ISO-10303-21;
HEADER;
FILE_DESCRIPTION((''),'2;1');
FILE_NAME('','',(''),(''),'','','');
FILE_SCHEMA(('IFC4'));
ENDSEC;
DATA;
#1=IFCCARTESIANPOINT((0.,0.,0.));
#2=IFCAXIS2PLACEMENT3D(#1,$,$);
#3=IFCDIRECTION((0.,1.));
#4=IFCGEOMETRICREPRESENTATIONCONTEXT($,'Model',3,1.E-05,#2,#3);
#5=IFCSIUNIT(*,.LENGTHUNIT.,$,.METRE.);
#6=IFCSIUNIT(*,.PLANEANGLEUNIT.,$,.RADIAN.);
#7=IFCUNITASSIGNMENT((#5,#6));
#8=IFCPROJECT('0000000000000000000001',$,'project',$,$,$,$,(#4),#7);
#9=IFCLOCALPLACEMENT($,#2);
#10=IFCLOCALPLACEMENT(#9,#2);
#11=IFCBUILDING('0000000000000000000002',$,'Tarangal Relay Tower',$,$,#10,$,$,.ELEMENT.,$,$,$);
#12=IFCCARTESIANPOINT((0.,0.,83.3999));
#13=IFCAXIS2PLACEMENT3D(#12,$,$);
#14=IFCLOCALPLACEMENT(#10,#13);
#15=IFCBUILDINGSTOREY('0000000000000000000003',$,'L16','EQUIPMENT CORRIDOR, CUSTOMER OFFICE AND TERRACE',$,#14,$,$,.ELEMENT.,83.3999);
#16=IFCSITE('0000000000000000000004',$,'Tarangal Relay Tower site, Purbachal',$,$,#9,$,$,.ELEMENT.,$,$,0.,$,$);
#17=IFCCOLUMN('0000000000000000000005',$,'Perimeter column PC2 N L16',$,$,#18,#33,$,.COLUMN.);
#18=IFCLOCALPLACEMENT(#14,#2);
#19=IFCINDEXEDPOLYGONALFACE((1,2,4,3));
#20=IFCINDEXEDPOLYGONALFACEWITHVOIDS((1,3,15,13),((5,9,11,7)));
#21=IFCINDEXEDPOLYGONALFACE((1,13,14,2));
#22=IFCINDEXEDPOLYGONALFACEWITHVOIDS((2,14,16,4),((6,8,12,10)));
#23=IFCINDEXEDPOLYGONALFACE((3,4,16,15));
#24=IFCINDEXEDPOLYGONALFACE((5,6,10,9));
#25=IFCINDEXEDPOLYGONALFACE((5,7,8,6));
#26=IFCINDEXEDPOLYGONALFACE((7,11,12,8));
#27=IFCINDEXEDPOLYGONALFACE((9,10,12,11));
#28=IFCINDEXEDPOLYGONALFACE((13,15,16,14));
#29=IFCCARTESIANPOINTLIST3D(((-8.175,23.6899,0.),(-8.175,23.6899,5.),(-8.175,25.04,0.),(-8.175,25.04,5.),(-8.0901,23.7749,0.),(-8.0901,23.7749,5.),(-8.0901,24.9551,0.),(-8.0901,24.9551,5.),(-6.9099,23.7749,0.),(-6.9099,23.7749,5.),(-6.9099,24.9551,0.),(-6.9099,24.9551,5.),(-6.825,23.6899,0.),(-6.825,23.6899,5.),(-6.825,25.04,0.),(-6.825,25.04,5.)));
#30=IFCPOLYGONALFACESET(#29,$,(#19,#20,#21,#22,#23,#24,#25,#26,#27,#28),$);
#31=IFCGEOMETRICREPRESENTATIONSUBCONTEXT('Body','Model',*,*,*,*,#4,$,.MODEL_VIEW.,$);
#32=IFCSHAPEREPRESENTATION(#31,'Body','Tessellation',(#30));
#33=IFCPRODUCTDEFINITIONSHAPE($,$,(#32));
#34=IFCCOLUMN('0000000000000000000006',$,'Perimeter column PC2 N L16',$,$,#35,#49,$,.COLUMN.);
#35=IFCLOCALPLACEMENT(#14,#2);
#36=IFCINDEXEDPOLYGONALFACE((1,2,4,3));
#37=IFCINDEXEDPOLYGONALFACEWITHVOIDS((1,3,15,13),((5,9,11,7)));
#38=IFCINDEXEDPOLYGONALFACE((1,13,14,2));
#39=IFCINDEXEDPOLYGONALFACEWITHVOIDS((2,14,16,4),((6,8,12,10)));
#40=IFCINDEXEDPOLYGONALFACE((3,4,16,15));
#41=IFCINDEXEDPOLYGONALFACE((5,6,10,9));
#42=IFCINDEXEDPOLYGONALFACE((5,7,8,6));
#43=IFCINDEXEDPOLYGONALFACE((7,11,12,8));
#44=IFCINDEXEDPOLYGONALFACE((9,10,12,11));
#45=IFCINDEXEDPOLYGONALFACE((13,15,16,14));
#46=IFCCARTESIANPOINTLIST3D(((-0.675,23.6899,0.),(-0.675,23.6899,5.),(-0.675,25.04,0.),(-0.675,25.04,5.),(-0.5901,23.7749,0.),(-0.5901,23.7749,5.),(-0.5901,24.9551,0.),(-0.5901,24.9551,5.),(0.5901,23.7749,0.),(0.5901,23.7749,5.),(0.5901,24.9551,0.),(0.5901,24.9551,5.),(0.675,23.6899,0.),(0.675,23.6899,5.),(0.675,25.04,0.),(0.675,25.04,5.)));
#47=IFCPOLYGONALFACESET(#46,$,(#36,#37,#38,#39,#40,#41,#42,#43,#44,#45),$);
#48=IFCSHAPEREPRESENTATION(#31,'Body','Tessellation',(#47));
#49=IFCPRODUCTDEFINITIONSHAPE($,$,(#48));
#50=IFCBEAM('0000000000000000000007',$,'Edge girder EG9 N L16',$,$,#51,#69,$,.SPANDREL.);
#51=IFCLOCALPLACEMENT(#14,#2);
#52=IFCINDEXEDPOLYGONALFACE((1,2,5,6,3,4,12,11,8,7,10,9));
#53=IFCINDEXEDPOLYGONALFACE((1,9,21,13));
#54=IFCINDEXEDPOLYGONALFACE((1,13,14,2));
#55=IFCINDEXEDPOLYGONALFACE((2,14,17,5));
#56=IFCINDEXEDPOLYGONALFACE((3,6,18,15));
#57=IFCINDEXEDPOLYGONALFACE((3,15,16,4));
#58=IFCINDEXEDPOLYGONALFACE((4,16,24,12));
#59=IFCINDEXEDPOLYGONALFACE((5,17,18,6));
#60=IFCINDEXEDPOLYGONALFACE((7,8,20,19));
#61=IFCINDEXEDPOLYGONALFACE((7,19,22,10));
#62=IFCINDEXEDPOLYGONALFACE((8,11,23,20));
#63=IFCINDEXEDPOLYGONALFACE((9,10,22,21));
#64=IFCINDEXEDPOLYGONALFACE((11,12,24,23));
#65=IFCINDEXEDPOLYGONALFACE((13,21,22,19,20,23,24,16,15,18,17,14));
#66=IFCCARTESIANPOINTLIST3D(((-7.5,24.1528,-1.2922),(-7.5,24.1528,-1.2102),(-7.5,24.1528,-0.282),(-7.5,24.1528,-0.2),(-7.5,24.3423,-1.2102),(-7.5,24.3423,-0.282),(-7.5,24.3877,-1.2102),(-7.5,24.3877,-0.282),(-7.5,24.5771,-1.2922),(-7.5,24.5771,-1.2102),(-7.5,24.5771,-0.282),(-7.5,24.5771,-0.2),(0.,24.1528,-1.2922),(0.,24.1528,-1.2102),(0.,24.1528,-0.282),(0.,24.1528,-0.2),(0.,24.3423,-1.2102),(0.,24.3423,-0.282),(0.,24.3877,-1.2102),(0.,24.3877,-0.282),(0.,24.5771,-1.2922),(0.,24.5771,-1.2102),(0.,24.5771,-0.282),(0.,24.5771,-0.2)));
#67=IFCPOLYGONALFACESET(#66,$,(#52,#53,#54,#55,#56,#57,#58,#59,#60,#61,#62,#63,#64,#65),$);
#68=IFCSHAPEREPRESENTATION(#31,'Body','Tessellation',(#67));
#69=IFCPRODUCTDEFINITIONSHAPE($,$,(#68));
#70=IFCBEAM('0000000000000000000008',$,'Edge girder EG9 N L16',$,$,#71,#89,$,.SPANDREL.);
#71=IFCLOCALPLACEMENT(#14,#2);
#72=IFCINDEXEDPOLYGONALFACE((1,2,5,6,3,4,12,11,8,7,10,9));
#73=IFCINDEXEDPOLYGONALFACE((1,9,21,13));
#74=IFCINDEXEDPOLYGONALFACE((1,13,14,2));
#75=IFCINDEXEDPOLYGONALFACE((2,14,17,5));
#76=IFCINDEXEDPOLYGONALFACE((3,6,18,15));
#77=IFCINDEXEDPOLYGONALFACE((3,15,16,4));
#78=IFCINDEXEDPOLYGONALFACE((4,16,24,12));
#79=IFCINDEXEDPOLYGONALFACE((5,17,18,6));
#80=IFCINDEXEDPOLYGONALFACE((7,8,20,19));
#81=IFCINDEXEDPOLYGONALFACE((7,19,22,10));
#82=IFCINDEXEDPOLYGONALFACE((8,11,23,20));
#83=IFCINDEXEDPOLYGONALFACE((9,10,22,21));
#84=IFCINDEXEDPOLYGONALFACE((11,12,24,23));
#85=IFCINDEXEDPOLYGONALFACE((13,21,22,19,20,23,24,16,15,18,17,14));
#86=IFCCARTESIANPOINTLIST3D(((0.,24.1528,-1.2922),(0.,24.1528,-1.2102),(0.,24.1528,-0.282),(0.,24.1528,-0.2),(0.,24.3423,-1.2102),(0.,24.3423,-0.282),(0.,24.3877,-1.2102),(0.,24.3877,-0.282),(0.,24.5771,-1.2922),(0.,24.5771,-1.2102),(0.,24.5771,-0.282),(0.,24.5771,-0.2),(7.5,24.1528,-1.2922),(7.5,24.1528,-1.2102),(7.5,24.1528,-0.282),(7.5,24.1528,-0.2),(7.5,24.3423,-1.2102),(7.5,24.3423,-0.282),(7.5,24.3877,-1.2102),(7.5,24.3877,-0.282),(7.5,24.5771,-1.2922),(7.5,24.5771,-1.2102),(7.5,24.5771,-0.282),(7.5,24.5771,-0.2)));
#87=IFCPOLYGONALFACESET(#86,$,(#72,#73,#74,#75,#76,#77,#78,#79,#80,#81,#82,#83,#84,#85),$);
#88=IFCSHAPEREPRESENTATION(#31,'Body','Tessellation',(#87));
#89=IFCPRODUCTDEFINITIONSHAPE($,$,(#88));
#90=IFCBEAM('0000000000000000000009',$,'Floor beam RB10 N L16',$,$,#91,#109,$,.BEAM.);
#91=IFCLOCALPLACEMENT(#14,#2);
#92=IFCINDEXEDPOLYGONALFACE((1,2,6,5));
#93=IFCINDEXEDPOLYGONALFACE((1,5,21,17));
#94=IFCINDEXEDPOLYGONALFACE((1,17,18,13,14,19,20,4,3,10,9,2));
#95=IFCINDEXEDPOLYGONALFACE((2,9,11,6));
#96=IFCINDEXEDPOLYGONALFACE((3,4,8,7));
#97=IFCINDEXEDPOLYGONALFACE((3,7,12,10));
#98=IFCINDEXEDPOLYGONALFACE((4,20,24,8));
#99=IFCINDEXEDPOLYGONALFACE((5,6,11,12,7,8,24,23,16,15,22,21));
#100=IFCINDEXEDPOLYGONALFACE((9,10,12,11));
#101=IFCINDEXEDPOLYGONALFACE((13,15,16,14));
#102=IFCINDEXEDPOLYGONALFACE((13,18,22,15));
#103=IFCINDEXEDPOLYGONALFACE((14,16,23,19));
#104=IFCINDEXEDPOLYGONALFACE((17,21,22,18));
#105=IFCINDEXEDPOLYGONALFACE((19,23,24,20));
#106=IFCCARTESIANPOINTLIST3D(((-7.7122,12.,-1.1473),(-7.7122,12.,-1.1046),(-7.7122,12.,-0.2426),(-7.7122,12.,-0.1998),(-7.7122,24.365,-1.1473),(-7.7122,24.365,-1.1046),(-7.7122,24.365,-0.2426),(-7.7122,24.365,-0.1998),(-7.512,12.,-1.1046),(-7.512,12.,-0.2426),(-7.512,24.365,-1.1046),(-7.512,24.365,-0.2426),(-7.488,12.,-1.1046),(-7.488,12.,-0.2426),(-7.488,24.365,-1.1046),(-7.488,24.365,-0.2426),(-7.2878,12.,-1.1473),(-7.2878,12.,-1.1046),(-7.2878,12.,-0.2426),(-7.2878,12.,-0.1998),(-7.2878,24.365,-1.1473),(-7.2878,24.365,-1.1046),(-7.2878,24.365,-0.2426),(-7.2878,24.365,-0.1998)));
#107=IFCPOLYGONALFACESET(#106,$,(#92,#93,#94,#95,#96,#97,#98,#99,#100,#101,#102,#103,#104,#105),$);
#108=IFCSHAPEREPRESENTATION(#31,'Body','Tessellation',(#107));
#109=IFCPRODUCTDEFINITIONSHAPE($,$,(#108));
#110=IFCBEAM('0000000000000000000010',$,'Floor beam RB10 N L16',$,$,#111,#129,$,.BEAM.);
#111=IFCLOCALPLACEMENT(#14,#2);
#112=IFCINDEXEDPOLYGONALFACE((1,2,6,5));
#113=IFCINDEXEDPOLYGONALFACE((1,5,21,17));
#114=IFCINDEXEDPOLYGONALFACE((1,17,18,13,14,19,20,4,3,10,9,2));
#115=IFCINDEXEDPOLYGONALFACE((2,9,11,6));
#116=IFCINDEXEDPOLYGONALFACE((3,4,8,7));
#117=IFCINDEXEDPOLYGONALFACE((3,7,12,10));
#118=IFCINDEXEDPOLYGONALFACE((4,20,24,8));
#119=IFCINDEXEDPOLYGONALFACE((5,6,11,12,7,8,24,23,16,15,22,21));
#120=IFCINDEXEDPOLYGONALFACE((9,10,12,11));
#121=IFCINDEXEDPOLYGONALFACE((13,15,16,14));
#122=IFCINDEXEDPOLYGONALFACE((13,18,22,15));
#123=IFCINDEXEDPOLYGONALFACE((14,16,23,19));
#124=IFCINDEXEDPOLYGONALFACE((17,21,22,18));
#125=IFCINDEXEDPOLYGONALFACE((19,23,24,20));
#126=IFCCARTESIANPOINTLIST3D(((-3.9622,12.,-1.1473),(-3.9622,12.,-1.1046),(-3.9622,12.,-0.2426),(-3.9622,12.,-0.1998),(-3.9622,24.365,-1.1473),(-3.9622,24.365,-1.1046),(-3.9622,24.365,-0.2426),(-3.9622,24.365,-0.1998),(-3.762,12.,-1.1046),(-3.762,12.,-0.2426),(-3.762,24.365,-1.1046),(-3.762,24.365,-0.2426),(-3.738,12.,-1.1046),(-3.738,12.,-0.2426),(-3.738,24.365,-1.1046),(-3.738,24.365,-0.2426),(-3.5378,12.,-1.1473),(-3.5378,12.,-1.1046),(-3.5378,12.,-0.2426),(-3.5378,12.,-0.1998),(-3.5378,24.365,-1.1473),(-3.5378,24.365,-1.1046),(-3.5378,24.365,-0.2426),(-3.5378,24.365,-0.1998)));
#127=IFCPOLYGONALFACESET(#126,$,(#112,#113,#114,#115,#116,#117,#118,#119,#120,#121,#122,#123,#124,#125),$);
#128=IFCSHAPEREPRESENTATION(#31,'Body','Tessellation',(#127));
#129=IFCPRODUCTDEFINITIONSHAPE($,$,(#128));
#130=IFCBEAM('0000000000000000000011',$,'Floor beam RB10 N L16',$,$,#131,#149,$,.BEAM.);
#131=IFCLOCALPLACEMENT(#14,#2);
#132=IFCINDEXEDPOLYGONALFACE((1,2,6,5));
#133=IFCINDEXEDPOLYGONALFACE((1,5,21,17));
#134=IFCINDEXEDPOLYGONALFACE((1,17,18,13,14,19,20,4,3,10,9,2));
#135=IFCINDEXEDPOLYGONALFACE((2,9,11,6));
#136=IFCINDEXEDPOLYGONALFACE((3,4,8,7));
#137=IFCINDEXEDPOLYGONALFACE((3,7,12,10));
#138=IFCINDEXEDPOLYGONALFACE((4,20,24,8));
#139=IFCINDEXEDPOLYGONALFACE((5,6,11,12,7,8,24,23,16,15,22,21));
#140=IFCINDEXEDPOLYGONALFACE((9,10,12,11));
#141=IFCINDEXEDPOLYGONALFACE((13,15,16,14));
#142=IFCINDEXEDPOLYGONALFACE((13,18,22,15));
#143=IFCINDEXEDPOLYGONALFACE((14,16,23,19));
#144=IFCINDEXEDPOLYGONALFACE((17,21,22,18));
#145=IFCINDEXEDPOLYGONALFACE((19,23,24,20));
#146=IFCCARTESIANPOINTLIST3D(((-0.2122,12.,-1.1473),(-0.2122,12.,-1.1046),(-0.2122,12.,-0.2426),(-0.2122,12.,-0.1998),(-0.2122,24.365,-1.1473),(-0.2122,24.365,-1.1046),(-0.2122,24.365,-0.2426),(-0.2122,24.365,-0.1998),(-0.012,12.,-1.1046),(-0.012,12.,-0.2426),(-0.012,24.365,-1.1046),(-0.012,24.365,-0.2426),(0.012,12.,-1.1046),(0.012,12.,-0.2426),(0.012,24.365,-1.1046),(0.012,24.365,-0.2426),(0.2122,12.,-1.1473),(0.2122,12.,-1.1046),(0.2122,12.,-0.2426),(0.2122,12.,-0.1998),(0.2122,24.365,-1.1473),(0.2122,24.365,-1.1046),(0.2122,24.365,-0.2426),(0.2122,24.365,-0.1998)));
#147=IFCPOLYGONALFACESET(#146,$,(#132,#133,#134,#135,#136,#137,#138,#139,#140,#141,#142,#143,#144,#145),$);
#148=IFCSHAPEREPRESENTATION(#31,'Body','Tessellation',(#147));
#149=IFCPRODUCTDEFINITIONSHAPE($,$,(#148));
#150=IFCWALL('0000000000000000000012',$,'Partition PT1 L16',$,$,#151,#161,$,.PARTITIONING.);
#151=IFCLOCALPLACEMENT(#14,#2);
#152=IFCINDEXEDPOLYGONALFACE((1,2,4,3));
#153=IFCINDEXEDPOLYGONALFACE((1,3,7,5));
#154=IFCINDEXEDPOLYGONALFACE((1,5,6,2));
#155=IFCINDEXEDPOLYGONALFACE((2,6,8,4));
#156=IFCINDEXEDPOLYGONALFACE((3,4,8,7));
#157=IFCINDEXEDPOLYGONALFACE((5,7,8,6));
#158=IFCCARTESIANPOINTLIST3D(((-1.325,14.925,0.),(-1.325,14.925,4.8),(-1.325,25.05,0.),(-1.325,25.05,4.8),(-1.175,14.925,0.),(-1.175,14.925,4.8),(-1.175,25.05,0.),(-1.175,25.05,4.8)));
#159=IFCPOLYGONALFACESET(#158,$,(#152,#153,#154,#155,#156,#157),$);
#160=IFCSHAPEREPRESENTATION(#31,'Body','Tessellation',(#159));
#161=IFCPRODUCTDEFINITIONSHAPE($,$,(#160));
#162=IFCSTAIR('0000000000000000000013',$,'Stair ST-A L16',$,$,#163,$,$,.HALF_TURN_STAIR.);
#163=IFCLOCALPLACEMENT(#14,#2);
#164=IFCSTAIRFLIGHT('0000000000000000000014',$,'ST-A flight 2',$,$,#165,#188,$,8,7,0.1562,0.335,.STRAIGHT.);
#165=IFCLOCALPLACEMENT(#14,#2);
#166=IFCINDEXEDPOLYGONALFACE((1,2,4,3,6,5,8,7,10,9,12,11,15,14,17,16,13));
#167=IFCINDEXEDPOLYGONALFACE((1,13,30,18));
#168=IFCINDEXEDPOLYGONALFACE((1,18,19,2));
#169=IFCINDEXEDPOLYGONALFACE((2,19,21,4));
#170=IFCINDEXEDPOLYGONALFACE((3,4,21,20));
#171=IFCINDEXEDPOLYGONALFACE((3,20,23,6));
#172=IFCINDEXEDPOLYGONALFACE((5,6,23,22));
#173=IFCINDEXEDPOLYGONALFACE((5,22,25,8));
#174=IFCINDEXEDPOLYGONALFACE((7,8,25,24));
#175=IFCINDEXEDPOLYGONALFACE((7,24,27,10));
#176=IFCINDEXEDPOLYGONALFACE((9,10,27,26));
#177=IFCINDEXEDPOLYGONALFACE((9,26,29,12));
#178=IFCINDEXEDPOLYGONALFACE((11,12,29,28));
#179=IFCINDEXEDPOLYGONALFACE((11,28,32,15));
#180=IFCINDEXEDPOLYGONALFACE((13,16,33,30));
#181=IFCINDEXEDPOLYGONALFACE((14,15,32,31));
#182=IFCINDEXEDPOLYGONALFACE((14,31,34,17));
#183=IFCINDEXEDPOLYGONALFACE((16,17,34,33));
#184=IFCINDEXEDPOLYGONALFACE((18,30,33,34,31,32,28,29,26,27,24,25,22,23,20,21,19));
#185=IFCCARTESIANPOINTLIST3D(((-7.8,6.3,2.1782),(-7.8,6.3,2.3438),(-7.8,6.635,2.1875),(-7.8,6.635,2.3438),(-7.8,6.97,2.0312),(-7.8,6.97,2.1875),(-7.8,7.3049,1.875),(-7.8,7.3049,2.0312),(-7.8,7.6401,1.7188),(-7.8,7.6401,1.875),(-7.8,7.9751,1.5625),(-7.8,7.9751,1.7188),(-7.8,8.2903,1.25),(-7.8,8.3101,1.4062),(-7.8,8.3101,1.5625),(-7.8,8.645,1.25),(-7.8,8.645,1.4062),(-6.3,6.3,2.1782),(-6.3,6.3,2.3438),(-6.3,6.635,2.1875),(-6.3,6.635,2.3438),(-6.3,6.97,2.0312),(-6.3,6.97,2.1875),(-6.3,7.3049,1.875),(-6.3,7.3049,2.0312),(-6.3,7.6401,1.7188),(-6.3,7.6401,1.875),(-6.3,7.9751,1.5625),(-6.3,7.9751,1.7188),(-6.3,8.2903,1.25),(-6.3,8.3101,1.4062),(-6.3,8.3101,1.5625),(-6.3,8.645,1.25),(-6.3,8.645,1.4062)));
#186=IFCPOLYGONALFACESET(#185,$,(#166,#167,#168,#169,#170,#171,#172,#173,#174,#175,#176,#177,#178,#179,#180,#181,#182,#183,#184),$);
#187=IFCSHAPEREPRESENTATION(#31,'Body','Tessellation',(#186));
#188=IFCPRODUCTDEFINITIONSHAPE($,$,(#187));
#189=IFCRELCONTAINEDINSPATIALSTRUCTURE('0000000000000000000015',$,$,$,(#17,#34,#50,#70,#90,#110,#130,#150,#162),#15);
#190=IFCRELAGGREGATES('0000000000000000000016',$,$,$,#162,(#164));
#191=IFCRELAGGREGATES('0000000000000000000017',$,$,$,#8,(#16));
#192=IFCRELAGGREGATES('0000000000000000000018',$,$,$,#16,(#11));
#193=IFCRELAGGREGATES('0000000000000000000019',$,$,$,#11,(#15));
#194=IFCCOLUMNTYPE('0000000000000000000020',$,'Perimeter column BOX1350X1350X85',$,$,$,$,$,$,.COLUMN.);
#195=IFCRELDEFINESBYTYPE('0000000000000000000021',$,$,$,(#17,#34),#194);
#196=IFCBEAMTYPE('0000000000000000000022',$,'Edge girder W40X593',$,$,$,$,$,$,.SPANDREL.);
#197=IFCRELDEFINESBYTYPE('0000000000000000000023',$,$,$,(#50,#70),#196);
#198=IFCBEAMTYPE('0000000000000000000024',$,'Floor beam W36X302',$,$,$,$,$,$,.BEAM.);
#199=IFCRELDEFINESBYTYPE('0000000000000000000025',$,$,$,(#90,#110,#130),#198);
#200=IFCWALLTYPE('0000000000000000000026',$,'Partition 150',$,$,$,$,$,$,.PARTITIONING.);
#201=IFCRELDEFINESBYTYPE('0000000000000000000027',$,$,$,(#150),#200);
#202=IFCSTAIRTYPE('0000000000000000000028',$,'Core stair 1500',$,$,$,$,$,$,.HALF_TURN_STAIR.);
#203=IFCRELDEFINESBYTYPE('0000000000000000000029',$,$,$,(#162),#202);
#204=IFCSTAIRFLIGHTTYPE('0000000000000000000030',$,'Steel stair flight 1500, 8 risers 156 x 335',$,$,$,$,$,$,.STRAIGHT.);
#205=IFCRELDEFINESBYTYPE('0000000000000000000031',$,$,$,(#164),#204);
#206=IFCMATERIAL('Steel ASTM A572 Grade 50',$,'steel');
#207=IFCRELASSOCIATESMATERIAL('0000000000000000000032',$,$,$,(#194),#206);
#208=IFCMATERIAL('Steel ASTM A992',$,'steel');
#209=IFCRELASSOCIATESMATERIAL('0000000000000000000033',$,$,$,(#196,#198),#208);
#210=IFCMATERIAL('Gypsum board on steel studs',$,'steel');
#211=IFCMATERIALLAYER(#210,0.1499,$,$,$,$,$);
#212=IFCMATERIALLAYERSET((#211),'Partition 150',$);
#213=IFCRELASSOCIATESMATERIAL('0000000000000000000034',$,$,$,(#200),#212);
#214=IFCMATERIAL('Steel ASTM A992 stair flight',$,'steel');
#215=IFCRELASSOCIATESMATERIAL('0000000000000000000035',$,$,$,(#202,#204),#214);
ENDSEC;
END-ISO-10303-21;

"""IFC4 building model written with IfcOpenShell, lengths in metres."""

from ifc_helpers import new_model, si_unit, direction, frame, frame_2d, origin, origin_2d, place, context, subcontext, project, spatial, polyline, rectangle, hollow_rectangle, i_section, outline, extrude, material, layer, layer_set, material_profile, profile_set, type_object, element, aggregate, save


model = new_model("IFC4")

# Units and contexts
model_context = context("Model", 3, precision=1e-05, world=origin(), true_north=direction((0.0, 1.0)))
body_context = subcontext(model_context, "Body", "Model", "MODEL_VIEW")
ifc_project = project(units=[si_unit("LENGTHUNIT", "METRE"), si_unit("PLANEANGLEUNIT", "RADIAN")], contexts=[model_context])

# Site, building, storey
site_placement = place(None, origin())
site = spatial("IfcSite", under=ifc_project, at=site_placement, Name="Tarangal Relay Tower site, Purbachal", CompositionType="ELEMENT", RefElevation=0.0)
building_placement = place(site_placement, origin())
building = spatial("IfcBuilding", under=site, at=building_placement, Name="Tarangal Relay Tower", CompositionType="ELEMENT")
storey_placement = place(building_placement, frame((0.0, 0.0, 83.3999)))
storey = spatial("IfcBuildingStorey", under=building, at=storey_placement, Name="L16", Description="EQUIPMENT CORRIDOR, CUSTOMER OFFICE AND TERRACE", CompositionType="ELEMENT", Elevation=83.3999)

# Columns
ifc_material_1 = material(Name="Steel ASTM A572 Grade 50", Category="steel")
ifc_material_profile_1 = material_profile(ifc_material_1, hollow_rectangle(XDim=1.3501, YDim=1.3501, WallThickness=0.085, at=origin_2d()), Name="BOX1350X1350X85")
ifc_profile_set_1 = profile_set([ifc_material_profile_1], Name="Steel ASTM A572 Grade 50")
column_type = type_object("IfcColumnType", Name="Perimeter column BOX1350X1350X85", PredefinedType="COLUMN", material=ifc_profile_set_1)
for number, where, z_axis, x_axis, name in (
    (1, (-7.5, 24.365, 0.0), (0.0, 0.0, 1.0), (1.0, 0.0, 0.0), "Perimeter column PC2 N L16"),
    (2, (0.0, 24.365, 0.0), (0.0, 0.0, 1.0), (1.0, 0.0, 0.0), "Perimeter column PC2 N L16"),
):
    element("IfcColumn", number, at=place(storey_placement, frame(where, z_axis=z_axis, x_axis=x_axis)), inside=storey, type_object=column_type, Name=name, PredefinedType="COLUMN", context=body_context, shape_type="SweptSolid", body=[
        extrude(hollow_rectangle(XDim=1.3501, YDim=1.3501, WallThickness=0.085, at=origin_2d()), origin(), (0.0, 0.0, 1.0), 5.0),
    ])

# Beams
ifc_material_2 = material(Name="Steel ASTM A992", Category="steel")
ifc_material_profile_2 = material_profile(ifc_material_2, i_section(OverallWidth=0.4243, OverallDepth=1.0923, WebThickness=0.0454, FlangeThickness=0.082, at=origin_2d()), Name="W40X593")
ifc_profile_set_2 = profile_set([ifc_material_profile_2], Name="Steel ASTM A992")
beam_type_1 = type_object("IfcBeamType", Name="Edge girder W40X593", PredefinedType="SPANDREL", material=ifc_profile_set_2)
for number, where, z_axis, x_axis, name in (
    (3, (-7.5, 24.365, -0.7461), (1.0, 0.0, 0.0), (0.0, 1.0, 0.0), "Edge girder EG9 N L16"),
    (4, (0.0, 24.365, -0.7461), (1.0, 0.0, 0.0), (0.0, 1.0, 0.0), "Edge girder EG9 N L16"),
):
    element("IfcBeam", number, at=place(storey_placement, frame(where, z_axis=z_axis, x_axis=x_axis)), inside=storey, type_object=beam_type_1, Name=name, PredefinedType="SPANDREL", context=body_context, shape_type="SweptSolid", body=[
        extrude(i_section(OverallWidth=0.4243, OverallDepth=1.0923, WebThickness=0.0454, FlangeThickness=0.082, at=origin_2d()), origin(), (0.0, 0.0, 1.0), 7.5),
    ])
ifc_material_profile_3 = material_profile(ifc_material_2, i_section(OverallWidth=0.4243, OverallDepth=0.9475, WebThickness=0.0239, FlangeThickness=0.0427, at=origin_2d()), Name="W36X302")
ifc_profile_set_3 = profile_set([ifc_material_profile_3], Name="Steel ASTM A992")
beam_type_2 = type_object("IfcBeamType", Name="Floor beam W36X302", PredefinedType="BEAM", material=ifc_profile_set_3)
for number, where, z_axis, x_axis, name in (
    (5, (-7.5, 12.0, -0.6736), (0.0, 1.0, 0.0), (-1.0, 0.0, 0.0), "Floor beam RB10 N L16"),
    (6, (-3.75, 12.0, -0.6736), (0.0, 1.0, 0.0), (-1.0, 0.0, 0.0), "Floor beam RB10 N L16"),
    (7, (0.0, 12.0, -0.6736), (0.0, 1.0, 0.0), (-1.0, 0.0, 0.0), "Floor beam RB10 N L16"),
):
    element("IfcBeam", number, at=place(storey_placement, frame(where, z_axis=z_axis, x_axis=x_axis)), inside=storey, type_object=beam_type_2, Name=name, PredefinedType="BEAM", context=body_context, shape_type="SweptSolid", body=[
        extrude(i_section(OverallWidth=0.4243, OverallDepth=0.9475, WebThickness=0.0239, FlangeThickness=0.0427, at=origin_2d()), origin(), (0.0, 0.0, 1.0), 12.365),
    ])

# Wall
ifc_material_3 = material(Name="Gypsum board on steel studs", Category="steel")
ifc_layer_1 = layer(ifc_material_3, 0.1499)
ifc_layer_set_1 = layer_set([ifc_layer_1], Name="Partition 150")
wall_type = type_object("IfcWallType", Name="Partition 150", PredefinedType="PARTITIONING", material=ifc_layer_set_1)
wall_placement = place(storey_placement, frame((-1.25, 14.925, 0.0), z_axis=(0.0, 0.0, 1.0), x_axis=(0.0, 1.0, 0.0)))
element("IfcWall", 8, at=wall_placement, inside=storey, type_object=wall_type, Name="Partition PT1 L16", PredefinedType="PARTITIONING", context=body_context, shape_type="SweptSolid", body=[
    extrude(rectangle(XDim=10.125, YDim=0.1499, at=frame_2d((5.0625, 0.0))), origin(), (0.0, 0.0, 1.0), 4.8),
])

# Stair, stair flight
ifc_material_4 = material(Name="Steel ASTM A992 stair flight", Category="steel")
stair_type = type_object("IfcStairType", Name="Core stair 1500", PredefinedType="HALF_TURN_STAIR", material=ifc_material_4)
stair_placement = place(storey_placement, origin())
stair = element("IfcStair", 9, at=stair_placement, inside=storey, type_object=stair_type, Name="Stair ST-A L16", PredefinedType="HALF_TURN_STAIR")
stair_flight_type = type_object("IfcStairFlightType", Name="Steel stair flight 1500, 8 risers 156 x 335", PredefinedType="STRAIGHT", material=ifc_material_4)
stair_flight_1_placement = place(storey_placement, frame((-7.05, 8.645, 1.25), z_axis=(0.0, 0.0, 1.0), x_axis=(0.0, -1.0, 0.0)))
stair_flight_1 = element("IfcStairFlight", 10, at=stair_flight_1_placement, type_object=stair_flight_type, Name="ST-A flight 2", NumberOfRisers=8, NumberOfTreads=7, PredefinedType="STRAIGHT", RiserHeight=0.1562, TreadLength=0.335, context=body_context, shape_type="SweptSolid", body=[
    extrude(outline(polyline([(0.0, 0.0), (0.0, 0.1562), (0.335, 0.1562), (0.335, 0.3125), (0.6699, 0.3125), (0.6699, 0.4688), (1.0049, 0.4688), (1.0049, 0.625), (1.3401, 0.625), (1.3401, 0.7812), (1.675, 0.7812), (1.675, 0.9375), (2.01, 0.9375), (2.01, 1.0938), (2.345, 1.0938), (2.345, 1.25), (2.345, 0.9282), (0.3547, 0.0), (0.0, 0.0)])), frame((0.0, 0.75, 0.0), z_axis=(0.0, -1.0, 0.0), x_axis=(1.0, 0.0, 0.0)), (0.0, 0.0, 1.0), 1.5),
])
aggregate(stair, [stair_flight_1])

save(model, "model.ifc")
